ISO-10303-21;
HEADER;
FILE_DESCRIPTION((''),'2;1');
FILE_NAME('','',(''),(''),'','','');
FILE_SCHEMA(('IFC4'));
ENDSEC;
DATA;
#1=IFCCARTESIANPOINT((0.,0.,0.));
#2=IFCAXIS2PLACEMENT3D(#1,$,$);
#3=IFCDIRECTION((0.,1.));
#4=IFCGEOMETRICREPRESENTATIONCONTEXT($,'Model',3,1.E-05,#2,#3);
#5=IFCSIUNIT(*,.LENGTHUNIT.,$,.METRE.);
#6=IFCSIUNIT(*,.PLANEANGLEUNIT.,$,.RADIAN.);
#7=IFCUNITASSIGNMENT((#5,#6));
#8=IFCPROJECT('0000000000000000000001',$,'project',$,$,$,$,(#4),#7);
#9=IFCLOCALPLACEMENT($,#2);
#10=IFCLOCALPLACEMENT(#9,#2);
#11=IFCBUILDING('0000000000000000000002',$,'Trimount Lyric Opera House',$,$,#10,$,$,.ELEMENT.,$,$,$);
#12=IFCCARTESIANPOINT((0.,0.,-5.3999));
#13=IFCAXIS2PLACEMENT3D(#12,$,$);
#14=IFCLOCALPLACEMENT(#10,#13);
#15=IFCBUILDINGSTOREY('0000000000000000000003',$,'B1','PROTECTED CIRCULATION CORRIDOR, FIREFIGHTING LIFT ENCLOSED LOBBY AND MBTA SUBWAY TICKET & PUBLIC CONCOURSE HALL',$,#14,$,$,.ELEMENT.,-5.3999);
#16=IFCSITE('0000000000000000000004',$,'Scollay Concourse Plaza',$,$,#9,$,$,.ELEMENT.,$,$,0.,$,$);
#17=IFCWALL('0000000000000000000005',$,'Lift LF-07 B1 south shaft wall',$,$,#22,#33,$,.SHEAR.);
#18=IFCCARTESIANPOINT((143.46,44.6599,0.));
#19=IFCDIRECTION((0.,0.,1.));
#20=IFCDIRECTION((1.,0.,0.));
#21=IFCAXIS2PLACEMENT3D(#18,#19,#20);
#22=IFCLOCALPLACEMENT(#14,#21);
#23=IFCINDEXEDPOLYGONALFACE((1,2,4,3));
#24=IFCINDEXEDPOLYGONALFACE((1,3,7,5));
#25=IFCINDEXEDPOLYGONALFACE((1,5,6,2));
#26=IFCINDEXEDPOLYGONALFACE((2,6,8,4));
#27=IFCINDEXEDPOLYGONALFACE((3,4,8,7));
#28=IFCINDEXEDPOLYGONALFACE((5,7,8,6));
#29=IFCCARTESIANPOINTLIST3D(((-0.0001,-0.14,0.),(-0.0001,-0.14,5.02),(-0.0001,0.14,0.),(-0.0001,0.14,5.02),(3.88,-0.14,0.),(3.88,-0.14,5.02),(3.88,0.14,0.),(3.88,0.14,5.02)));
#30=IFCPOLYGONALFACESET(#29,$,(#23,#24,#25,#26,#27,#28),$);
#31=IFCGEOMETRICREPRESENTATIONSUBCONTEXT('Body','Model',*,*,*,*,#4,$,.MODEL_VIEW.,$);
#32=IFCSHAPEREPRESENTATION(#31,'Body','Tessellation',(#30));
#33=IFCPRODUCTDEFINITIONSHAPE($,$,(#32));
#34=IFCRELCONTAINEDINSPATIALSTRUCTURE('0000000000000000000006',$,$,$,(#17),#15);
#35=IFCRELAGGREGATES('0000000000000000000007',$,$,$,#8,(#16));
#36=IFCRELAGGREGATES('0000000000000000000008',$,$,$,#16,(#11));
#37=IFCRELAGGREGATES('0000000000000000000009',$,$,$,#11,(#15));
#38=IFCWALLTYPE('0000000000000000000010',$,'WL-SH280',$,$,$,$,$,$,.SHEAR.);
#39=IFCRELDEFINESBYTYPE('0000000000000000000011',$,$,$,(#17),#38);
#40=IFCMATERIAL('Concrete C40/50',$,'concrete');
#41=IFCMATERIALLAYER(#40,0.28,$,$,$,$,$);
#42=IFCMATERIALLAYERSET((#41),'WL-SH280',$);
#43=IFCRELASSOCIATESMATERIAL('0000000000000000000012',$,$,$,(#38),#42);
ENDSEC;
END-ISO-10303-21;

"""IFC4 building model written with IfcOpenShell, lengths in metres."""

from ifc_helpers import new_model, si_unit, direction, frame, frame_2d, origin, place, context, subcontext, project, spatial, rectangle, extrude, material, layer, layer_set, type_object, element, save


model = new_model("IFC4")

# Units and contexts
model_context = context("Model", 3, precision=1e-05, world=origin(), true_north=direction((0.0, 1.0)))
body_context = subcontext(model_context, "Body", "Model", "MODEL_VIEW")
ifc_project = project(units=[si_unit("LENGTHUNIT", "METRE"), si_unit("PLANEANGLEUNIT", "RADIAN")], contexts=[model_context])

# Site, building, storey
site_placement = place(None, origin())
site = spatial("IfcSite", under=ifc_project, at=site_placement, Name="Scollay Concourse Plaza", CompositionType="ELEMENT", RefElevation=0.0)
building_placement = place(site_placement, origin())
building = spatial("IfcBuilding", under=site, at=building_placement, Name="Trimount Lyric Opera House", CompositionType="ELEMENT")
storey_placement = place(building_placement, frame((0.0, 0.0, -5.3999)))
storey = spatial("IfcBuildingStorey", under=building, at=storey_placement, Name="B1", Description="PROTECTED CIRCULATION CORRIDOR, FIREFIGHTING LIFT ENCLOSED LOBBY AND MBTA SUBWAY TICKET & PUBLIC CONCOURSE HALL", CompositionType="ELEMENT", Elevation=-5.3999)

# Wall
ifc_material_1 = material(Name="Concrete C40/50", Category="concrete")
ifc_layer_1 = layer(ifc_material_1, 0.28)
ifc_layer_set_1 = layer_set([ifc_layer_1], Name="WL-SH280")
wall_type_1 = type_object("IfcWallType", Name="WL-SH280", PredefinedType="SHEAR", material=ifc_layer_set_1)
wall_1_placement = place(storey_placement, frame((143.46, 44.6599, 0.0), z_axis=(0.0, 0.0, 1.0), x_axis=(1.0, 0.0, 0.0)))
element("IfcWall", 1, at=wall_1_placement, inside=storey, type_object=wall_type_1, Name="Lift LF-07 B1 south shaft wall", PredefinedType="SHEAR", context=body_context, shape_type="SweptSolid", body=[
    extrude(rectangle(XDim=3.8801, YDim=0.28, at=frame_2d((1.9399, 0.0))), origin(), (0.0, 0.0, 1.0), 5.02),
])

save(model, "model.ifc")
